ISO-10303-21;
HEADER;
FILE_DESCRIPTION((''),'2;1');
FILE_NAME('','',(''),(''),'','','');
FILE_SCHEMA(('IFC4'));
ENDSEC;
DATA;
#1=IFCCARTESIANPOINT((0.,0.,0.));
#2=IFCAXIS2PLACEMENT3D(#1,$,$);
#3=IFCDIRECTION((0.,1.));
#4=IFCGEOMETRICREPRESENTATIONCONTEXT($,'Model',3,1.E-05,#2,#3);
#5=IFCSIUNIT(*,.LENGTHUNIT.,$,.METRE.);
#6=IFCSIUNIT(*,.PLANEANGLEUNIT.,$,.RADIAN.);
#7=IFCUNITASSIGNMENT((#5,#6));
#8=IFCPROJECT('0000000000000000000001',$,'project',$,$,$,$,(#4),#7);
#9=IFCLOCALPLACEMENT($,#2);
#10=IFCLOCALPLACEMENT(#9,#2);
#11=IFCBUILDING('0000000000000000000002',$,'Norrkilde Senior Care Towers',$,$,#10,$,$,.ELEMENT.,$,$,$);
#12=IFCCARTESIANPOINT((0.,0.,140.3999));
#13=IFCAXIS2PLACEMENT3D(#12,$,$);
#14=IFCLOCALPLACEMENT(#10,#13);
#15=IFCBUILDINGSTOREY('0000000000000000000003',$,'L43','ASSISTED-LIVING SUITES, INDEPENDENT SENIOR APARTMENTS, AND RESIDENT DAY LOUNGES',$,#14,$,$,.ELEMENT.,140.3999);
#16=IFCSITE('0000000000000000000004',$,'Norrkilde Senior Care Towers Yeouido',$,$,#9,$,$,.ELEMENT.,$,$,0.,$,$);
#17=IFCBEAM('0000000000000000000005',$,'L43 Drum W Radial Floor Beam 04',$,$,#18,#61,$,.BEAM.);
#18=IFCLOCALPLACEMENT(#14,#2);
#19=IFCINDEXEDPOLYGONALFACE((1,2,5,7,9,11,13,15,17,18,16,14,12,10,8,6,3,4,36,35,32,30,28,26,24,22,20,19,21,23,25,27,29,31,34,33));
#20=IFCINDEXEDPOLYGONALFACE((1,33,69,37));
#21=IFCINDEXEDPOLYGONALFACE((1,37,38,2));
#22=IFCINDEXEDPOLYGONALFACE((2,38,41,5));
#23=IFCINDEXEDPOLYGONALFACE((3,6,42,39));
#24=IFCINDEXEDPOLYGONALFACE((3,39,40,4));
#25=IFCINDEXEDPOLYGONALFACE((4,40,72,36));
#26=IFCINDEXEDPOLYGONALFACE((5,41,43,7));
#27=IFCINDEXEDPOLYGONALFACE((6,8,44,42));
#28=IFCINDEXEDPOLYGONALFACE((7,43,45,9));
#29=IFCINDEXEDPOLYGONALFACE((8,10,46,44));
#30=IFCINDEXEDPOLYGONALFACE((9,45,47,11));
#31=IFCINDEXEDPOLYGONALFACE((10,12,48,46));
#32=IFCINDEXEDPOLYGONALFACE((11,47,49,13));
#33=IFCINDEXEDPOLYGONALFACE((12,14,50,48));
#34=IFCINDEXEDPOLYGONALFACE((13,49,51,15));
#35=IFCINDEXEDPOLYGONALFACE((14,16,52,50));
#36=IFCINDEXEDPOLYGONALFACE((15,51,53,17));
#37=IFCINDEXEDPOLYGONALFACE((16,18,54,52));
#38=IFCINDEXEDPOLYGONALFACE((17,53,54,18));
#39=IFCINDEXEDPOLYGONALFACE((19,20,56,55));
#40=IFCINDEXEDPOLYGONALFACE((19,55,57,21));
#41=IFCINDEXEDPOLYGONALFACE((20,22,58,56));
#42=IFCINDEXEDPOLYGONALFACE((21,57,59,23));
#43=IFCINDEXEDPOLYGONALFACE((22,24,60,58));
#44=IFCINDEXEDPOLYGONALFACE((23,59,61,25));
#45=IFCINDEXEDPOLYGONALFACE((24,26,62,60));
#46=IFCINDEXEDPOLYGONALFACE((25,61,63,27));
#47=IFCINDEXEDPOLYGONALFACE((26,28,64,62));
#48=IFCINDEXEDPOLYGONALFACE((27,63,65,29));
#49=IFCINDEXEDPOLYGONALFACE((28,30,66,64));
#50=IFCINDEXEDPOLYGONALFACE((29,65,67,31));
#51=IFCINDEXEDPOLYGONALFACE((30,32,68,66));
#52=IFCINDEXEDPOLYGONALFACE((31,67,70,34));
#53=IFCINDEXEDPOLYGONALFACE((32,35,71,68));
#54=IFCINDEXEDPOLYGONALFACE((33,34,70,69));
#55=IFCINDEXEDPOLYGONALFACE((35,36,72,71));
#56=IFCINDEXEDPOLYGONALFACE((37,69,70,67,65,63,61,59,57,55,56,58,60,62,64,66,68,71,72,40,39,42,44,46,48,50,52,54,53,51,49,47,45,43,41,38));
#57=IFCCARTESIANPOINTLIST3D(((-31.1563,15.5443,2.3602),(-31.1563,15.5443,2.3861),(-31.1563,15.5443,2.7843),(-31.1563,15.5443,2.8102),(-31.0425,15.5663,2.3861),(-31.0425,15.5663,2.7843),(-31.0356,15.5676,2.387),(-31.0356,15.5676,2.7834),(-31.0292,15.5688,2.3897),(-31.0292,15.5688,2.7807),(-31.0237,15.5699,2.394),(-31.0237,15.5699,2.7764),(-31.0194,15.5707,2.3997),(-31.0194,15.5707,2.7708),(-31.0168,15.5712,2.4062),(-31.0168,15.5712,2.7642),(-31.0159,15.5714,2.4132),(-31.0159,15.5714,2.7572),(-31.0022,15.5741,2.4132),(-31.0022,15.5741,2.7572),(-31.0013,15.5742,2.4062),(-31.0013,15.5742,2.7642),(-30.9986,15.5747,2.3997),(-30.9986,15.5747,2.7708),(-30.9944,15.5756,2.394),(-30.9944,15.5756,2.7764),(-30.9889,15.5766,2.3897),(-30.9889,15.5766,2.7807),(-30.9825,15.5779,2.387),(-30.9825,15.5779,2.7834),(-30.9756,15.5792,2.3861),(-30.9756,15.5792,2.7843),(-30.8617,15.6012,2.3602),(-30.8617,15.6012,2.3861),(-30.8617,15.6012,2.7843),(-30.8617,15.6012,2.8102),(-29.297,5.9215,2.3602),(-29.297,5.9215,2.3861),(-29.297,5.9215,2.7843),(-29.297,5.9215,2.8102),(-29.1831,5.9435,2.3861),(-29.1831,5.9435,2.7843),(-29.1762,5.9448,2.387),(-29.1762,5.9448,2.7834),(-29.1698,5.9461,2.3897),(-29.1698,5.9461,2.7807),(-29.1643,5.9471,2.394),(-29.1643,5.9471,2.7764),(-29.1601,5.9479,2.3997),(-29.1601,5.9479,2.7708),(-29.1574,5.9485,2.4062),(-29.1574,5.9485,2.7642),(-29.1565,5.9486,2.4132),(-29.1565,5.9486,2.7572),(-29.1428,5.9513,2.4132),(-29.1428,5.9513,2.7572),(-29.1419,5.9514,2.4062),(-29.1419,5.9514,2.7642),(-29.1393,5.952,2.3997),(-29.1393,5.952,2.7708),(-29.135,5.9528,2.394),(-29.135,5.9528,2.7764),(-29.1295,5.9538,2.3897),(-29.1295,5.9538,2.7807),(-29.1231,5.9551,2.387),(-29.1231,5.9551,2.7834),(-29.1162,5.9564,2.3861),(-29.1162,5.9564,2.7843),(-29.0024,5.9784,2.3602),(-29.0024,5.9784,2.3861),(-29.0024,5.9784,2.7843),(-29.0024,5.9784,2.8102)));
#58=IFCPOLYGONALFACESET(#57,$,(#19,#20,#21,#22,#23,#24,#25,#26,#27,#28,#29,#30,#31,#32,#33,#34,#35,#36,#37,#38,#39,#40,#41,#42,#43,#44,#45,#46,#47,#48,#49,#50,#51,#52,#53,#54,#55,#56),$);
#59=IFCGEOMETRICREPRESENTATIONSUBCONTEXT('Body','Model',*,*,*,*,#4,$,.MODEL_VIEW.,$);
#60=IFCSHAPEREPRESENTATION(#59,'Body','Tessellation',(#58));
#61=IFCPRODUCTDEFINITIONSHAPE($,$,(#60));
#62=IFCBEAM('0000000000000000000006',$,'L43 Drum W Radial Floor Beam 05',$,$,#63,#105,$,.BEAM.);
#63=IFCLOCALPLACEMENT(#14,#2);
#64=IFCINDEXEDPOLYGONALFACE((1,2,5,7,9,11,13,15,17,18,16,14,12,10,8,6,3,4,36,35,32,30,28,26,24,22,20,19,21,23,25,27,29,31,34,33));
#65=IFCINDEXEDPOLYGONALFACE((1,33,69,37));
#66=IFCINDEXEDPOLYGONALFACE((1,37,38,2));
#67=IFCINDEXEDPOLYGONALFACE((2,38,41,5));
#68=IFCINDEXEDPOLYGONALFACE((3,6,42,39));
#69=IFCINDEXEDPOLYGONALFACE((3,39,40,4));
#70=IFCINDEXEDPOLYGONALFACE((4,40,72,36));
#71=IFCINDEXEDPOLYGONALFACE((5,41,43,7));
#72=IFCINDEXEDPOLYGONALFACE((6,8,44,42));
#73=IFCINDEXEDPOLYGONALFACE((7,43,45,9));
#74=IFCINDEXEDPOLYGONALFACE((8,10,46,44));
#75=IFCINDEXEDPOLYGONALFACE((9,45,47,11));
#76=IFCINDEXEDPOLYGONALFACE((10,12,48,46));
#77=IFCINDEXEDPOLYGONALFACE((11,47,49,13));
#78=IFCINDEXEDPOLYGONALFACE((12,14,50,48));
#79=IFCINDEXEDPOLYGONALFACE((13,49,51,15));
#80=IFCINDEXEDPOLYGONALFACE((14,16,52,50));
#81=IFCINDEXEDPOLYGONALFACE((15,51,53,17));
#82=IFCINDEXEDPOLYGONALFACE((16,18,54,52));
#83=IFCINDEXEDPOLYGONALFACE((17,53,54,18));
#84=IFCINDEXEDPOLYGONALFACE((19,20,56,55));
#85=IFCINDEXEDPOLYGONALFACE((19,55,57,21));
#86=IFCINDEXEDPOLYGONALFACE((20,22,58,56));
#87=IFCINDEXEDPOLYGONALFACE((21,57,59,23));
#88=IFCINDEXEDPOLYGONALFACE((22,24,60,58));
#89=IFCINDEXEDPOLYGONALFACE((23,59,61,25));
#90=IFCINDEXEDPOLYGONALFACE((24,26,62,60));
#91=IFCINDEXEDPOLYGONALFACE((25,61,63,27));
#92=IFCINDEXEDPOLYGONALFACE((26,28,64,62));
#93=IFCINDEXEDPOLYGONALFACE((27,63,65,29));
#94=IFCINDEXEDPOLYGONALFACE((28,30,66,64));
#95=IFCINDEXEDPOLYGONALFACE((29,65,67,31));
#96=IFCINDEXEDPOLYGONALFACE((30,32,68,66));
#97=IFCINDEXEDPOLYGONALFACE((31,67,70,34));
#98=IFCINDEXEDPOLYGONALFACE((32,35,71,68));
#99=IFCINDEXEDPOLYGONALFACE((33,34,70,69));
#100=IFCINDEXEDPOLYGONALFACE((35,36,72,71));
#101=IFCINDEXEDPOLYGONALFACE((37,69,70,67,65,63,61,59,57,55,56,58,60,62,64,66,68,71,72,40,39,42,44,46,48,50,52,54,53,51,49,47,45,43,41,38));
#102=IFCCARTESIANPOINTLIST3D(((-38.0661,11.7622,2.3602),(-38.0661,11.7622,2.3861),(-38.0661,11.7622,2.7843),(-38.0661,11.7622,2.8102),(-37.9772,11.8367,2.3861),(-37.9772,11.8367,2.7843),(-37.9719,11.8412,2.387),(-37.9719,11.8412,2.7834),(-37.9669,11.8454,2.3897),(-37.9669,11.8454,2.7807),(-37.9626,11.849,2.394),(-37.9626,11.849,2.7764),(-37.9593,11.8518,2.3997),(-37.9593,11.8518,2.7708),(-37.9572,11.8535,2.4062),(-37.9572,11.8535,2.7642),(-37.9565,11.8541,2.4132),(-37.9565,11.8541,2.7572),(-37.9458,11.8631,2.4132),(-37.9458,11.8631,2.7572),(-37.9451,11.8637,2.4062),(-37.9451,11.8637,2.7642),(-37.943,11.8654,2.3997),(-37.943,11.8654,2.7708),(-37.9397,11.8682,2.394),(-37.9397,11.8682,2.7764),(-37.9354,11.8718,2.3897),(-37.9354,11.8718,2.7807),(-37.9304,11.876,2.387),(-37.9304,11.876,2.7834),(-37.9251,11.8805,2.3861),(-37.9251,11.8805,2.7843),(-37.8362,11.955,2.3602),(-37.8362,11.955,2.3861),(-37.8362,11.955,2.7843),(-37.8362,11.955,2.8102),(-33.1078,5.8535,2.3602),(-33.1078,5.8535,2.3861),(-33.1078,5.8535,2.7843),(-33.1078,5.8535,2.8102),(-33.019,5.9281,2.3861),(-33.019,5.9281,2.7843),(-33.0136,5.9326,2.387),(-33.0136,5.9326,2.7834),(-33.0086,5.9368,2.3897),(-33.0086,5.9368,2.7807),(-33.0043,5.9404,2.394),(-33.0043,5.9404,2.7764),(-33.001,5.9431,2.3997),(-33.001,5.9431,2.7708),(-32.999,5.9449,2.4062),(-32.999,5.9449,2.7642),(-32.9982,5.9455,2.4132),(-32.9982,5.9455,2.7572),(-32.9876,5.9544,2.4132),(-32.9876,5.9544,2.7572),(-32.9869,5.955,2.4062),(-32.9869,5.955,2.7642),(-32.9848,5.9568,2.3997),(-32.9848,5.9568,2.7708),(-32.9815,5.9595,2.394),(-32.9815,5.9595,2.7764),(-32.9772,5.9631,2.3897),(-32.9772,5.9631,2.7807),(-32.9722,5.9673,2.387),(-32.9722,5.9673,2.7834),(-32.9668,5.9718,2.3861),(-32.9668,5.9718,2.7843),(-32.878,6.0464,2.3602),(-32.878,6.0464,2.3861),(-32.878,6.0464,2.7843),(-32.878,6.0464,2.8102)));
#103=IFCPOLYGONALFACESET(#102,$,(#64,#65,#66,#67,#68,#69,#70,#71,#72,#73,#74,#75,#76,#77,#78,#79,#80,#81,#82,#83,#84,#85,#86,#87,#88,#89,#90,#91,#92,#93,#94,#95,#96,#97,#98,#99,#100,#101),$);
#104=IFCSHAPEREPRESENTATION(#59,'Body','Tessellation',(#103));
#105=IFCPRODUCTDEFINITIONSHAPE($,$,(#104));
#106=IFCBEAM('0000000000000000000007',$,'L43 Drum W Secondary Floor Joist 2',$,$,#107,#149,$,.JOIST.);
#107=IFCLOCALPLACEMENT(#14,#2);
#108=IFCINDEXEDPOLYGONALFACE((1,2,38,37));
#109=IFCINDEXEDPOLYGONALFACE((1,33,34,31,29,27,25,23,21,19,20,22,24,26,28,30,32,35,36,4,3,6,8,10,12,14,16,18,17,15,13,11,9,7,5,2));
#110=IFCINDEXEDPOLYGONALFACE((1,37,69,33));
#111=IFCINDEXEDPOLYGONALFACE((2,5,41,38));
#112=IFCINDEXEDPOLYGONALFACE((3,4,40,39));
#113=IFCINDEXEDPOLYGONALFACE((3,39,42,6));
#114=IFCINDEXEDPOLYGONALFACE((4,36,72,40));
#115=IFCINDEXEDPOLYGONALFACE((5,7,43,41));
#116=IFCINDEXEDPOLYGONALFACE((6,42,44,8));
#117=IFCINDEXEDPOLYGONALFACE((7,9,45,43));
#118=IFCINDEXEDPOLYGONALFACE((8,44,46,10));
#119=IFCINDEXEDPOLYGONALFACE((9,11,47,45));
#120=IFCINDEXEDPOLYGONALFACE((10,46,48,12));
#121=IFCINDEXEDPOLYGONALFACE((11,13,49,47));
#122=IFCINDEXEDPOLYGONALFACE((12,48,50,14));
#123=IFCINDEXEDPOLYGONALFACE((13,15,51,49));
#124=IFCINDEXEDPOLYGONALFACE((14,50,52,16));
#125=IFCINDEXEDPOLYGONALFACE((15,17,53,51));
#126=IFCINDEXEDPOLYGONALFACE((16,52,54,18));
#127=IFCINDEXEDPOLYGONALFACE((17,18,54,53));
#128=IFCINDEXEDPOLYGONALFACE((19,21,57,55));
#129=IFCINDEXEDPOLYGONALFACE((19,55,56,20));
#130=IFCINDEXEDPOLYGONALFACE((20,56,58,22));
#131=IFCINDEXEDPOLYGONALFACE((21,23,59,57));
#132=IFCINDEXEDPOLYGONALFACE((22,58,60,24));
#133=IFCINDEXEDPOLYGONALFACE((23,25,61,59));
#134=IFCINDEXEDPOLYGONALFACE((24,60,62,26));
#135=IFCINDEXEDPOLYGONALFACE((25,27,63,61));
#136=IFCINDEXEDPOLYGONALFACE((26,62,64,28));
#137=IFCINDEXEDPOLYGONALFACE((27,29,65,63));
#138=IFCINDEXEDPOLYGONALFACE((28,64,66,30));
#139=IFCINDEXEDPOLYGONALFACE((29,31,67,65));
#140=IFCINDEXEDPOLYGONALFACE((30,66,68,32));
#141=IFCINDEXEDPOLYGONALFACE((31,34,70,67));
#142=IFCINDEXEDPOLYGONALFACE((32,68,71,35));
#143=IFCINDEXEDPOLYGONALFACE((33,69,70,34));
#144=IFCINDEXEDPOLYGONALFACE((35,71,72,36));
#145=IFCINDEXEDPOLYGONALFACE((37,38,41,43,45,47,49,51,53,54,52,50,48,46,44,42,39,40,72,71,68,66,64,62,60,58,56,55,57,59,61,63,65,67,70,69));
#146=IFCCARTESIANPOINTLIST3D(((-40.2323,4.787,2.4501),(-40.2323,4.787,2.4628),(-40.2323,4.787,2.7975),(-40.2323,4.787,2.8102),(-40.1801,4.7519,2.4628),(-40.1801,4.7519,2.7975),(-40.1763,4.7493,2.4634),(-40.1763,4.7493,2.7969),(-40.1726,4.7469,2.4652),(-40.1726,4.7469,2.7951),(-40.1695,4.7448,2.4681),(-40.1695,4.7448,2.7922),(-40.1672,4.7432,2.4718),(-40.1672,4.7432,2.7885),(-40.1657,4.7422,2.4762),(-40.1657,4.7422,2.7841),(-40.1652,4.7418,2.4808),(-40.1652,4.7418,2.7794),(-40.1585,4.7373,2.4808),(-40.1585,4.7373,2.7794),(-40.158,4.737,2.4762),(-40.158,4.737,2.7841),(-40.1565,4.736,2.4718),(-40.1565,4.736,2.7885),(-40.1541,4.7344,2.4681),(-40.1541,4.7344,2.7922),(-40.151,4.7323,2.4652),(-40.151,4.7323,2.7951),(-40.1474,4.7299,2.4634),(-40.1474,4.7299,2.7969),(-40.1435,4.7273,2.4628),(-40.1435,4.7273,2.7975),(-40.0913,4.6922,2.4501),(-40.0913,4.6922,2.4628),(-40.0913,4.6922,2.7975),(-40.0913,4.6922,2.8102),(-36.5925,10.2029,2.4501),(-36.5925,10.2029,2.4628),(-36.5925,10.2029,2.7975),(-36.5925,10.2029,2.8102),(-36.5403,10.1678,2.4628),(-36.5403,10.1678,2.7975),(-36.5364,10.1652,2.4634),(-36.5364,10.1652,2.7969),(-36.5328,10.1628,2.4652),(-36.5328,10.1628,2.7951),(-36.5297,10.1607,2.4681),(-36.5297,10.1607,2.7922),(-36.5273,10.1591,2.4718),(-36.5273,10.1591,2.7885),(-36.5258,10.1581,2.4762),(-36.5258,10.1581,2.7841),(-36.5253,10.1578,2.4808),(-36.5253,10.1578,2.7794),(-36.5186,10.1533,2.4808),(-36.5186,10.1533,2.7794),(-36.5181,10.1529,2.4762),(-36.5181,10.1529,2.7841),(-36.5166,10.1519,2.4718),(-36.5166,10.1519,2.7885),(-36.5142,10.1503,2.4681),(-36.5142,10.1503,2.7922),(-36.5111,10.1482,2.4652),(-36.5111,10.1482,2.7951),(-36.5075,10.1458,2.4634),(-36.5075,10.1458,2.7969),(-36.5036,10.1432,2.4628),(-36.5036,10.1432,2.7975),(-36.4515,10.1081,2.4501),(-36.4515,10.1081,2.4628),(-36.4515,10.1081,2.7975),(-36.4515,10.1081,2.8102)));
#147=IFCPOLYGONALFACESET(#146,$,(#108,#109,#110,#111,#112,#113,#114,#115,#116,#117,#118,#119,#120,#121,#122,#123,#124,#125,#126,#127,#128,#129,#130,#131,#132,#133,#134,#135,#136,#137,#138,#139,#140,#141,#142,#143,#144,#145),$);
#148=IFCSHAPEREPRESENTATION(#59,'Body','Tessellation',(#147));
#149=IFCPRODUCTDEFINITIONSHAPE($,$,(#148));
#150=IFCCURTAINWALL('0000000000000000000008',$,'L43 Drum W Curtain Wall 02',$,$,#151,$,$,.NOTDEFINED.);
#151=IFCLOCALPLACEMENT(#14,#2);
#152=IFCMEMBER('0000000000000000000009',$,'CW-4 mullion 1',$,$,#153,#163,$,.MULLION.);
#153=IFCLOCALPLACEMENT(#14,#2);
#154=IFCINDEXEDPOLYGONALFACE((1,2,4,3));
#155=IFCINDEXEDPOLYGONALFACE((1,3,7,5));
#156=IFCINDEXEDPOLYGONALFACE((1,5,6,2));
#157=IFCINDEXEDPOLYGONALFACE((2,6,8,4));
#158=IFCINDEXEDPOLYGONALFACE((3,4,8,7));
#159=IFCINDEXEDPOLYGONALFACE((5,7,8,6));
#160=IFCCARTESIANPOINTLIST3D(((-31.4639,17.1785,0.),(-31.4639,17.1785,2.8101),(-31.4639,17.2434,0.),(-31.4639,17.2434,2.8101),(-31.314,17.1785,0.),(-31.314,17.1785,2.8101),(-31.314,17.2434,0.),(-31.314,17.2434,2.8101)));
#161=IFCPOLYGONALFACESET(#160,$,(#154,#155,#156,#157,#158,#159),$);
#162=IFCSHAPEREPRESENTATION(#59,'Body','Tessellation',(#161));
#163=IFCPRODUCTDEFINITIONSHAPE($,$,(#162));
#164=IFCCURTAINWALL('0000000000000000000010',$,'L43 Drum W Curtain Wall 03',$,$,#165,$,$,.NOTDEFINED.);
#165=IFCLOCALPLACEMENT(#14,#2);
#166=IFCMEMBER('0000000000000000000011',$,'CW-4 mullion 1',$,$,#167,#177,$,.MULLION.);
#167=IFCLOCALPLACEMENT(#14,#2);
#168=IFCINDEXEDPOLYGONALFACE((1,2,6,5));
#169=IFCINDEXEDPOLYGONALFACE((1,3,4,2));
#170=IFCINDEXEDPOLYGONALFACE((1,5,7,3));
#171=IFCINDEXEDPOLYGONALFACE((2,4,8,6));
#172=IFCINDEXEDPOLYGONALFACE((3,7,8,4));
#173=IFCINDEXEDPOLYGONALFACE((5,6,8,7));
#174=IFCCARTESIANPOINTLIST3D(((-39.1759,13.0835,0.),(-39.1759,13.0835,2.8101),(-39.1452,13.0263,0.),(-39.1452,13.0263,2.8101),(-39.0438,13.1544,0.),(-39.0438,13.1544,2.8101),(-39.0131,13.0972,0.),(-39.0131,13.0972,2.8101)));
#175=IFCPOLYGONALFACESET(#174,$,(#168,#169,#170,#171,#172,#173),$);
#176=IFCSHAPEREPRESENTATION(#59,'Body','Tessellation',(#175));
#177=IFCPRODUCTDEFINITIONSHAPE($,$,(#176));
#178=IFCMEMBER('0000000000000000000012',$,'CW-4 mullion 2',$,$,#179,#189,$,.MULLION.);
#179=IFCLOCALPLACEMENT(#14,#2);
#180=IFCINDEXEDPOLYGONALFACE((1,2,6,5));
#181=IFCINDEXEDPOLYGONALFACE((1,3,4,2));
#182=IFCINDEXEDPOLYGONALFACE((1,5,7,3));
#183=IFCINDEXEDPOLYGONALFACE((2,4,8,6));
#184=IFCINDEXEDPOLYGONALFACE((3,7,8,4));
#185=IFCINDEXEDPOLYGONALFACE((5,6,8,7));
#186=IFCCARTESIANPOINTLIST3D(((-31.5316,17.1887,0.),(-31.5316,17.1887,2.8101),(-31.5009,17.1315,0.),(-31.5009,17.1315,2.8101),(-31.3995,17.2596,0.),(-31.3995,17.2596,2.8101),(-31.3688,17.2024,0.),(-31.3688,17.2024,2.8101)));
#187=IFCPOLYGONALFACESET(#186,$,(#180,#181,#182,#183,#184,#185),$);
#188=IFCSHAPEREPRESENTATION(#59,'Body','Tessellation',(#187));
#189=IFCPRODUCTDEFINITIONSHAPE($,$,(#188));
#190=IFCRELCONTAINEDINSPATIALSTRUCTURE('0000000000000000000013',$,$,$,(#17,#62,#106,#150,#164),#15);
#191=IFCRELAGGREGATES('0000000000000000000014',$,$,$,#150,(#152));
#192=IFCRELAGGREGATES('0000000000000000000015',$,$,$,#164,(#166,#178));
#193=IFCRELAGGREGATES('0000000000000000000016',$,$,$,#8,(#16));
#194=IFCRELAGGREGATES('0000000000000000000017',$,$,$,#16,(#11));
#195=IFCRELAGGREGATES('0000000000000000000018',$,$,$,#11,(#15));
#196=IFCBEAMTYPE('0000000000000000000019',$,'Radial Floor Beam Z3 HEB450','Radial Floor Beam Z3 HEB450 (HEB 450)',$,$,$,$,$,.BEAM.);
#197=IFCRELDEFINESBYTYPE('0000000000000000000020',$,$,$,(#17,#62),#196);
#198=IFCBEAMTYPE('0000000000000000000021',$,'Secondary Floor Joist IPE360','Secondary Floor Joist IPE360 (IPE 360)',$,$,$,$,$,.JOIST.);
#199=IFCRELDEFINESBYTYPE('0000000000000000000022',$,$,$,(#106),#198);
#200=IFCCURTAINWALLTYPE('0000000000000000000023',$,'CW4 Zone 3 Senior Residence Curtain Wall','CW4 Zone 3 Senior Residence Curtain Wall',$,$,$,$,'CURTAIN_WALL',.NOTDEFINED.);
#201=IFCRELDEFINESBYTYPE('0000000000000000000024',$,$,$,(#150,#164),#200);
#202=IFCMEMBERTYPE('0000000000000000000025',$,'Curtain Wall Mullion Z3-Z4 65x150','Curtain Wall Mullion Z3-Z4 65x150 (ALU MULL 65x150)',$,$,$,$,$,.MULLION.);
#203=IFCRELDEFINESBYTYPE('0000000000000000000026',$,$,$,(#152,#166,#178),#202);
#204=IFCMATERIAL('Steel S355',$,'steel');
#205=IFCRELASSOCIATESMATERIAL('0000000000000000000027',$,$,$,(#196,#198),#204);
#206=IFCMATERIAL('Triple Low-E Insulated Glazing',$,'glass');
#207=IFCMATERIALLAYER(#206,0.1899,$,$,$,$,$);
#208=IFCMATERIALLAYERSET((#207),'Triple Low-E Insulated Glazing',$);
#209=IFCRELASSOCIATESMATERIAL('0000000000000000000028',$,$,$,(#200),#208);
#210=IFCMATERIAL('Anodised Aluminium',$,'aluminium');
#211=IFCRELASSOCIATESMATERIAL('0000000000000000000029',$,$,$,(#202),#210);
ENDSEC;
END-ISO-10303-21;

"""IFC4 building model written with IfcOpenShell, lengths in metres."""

from ifc_helpers import new_model, si_unit, direction, frame, origin, origin_2d, place, context, subcontext, project, spatial, rectangle, i_section, extrude, source, transform, mapped, material, layer, layer_set, material_profile, profile_set, type_object, type_shapes, element, aggregate, save


model = new_model("IFC4")

# Units and contexts
model_context = context("Model", 3, precision=1e-05, world=origin(), true_north=direction((0.0, 1.0)))
body_context = subcontext(model_context, "Body", "Model", "MODEL_VIEW")
ifc_project = project(units=[si_unit("LENGTHUNIT", "METRE"), si_unit("PLANEANGLEUNIT", "RADIAN")], contexts=[model_context])

# Site, building, storey
site_placement = place(None, origin())
site = spatial("IfcSite", under=ifc_project, at=site_placement, Name="Norrkilde Senior Care Towers Yeouido", CompositionType="ELEMENT", RefElevation=0.0)
building_placement = place(site_placement, origin())
building = spatial("IfcBuilding", under=site, at=building_placement, Name="Norrkilde Senior Care Towers", CompositionType="ELEMENT")
storey_placement = place(building_placement, frame((0.0, 0.0, 140.3999)))
storey = spatial("IfcBuildingStorey", under=building, at=storey_placement, Name="L43", Description="ASSISTED-LIVING SUITES, INDEPENDENT SENIOR APARTMENTS, AND RESIDENT DAY LOUNGES", CompositionType="ELEMENT", Elevation=140.3999)

# Beams
ifc_material_1 = material(Name="Steel S355", Category="steel")
ifc_material_profile_1 = material_profile(ifc_material_1, i_section(OverallWidth=0.3, OverallDepth=0.45, WebThickness=0.0139, FlangeThickness=0.0259, FilletRadius=0.0271, at=origin_2d()), Name="HEB 450")
ifc_profile_set_1 = profile_set([ifc_material_profile_1], Name="Steel S355")
beam_type_1 = type_object("IfcBeamType", Name="Radial Floor Beam Z3 HEB450", Description="Radial Floor Beam Z3 HEB450 (HEB 450)", PredefinedType="BEAM", material=ifc_profile_set_1)
shared_shape_1 = source(origin(), body_context, "Body", "SweptSolid", [
    extrude(i_section(OverallWidth=0.3, OverallDepth=0.45, WebThickness=0.0139, FlangeThickness=0.0259, FilletRadius=0.0271, at=origin_2d()), origin(), (0.0, 0.0, 1.0), 9.8008),
])
beam_1_placement = place(storey_placement, frame((-29.1497, 5.95, 2.5852), z_axis=(-0.189717, 0.981839, 0.0), x_axis=(-0.981839, -0.189717, 0.0)))
element("IfcBeam", 1, at=beam_1_placement, inside=storey, type_object=beam_type_1, Name="L43 Drum W Radial Floor Beam 04", PredefinedType="BEAM", context=body_context, shape_type="MappedRepresentation", body=[
    mapped(shared_shape_1, transform((0.0, 0.0, 0.0), x_axis=(1.0, 0.0, 0.0), y_axis=(0.0, 1.0, 0.0), z_axis=(0.0, 0.0, 1.0), scale=1.0)),
])
shared_shape_2 = source(origin(), body_context, "Body", "SweptSolid", [
    extrude(i_section(OverallWidth=0.3, OverallDepth=0.45, WebThickness=0.0139, FlangeThickness=0.0259, FilletRadius=0.0271, at=origin_2d()), origin(), (0.0, 0.0, 1.0), 7.7134),
])
type_shapes(beam_type_1, [shared_shape_1, shared_shape_2])
beam_2_placement = place(storey_placement, frame((-32.9929, 5.95, 2.5852), z_axis=(-0.642808, 0.766027, 0.0), x_axis=(-0.766027, -0.642808, 0.0)))
element("IfcBeam", 2, at=beam_2_placement, inside=storey, type_object=beam_type_1, Name="L43 Drum W Radial Floor Beam 05", PredefinedType="BEAM", context=body_context, shape_type="MappedRepresentation", body=[
    mapped(shared_shape_2, transform((0.0, 0.0, 0.0), x_axis=(1.0, 0.0, 0.0), y_axis=(0.0, 1.0, 0.0), z_axis=(0.0, 0.0, 1.0), scale=1.0)),
])
ifc_material_profile_2 = material_profile(ifc_material_1, i_section(OverallWidth=0.1699, OverallDepth=0.3601, WebThickness=0.0081, FlangeThickness=0.0127, FilletRadius=0.0181, at=origin_2d()), Name="IPE 360")
ifc_profile_set_2 = profile_set([ifc_material_profile_2], Name="Steel S355")
beam_type_2 = type_object("IfcBeamType", Name="Secondary Floor Joist IPE360", Description="Secondary Floor Joist IPE360 (IPE 360)", PredefinedType="JOIST", material=ifc_profile_set_2)
shared_shape_3 = source(origin(), body_context, "Body", "SweptSolid", [
    extrude(i_section(OverallWidth=0.1699, OverallDepth=0.3601, WebThickness=0.0081, FlangeThickness=0.0127, FilletRadius=0.0181, at=origin_2d()), origin(), (0.0, 0.0, 1.0), 6.5254),
])
type_shapes(beam_type_2, [shared_shape_3])
beam_3_placement = place(storey_placement, frame((-36.522, 10.1555, 2.6301), z_axis=(-0.557796, -0.829978, 0.0), x_axis=(0.829978, -0.557796, 0.0)))
element("IfcBeam", 3, at=beam_3_placement, inside=storey, type_object=beam_type_2, Name="L43 Drum W Secondary Floor Joist 2", PredefinedType="JOIST", context=body_context, shape_type="MappedRepresentation", body=[
    mapped(shared_shape_3, transform((0.0, 0.0, 0.0), x_axis=(1.0, 0.0, 0.0), y_axis=(0.0, 1.0, 0.0), z_axis=(0.0, 0.0, 1.0), scale=1.0)),
])

# Curtain wall, member
ifc_material_2 = material(Name="Triple Low-E Insulated Glazing", Category="glass")
ifc_layer_1 = layer(ifc_material_2, 0.1899)
ifc_layer_set_1 = layer_set([ifc_layer_1], Name="Triple Low-E Insulated Glazing")
curtain_wall_type = type_object("IfcCurtainWallType", Name="CW4 Zone 3 Senior Residence Curtain Wall", Description="CW4 Zone 3 Senior Residence Curtain Wall", ElementType="CURTAIN_WALL", PredefinedType="NOTDEFINED", material=ifc_layer_set_1)
curtain_wall_1_placement = place(storey_placement, origin())
curtain_wall_1 = element("IfcCurtainWall", 4, at=curtain_wall_1_placement, inside=storey, type_object=curtain_wall_type, Name="L43 Drum W Curtain Wall 02", PredefinedType="NOTDEFINED")
ifc_material_3 = material(Name="Anodised Aluminium", Category="aluminium")
ifc_material_profile_3 = material_profile(ifc_material_3, rectangle(XDim=0.0649, YDim=0.1499, at=origin_2d()), Name="ALU MULL 65x150")
ifc_profile_set_3 = profile_set([ifc_material_profile_3], Name="Anodised Aluminium")
member_type_1 = type_object("IfcMemberType", Name="Curtain Wall Mullion Z3-Z4 65x150", Description="Curtain Wall Mullion Z3-Z4 65x150 (ALU MULL 65x150)", PredefinedType="MULLION", material=ifc_profile_set_3)
shared_shape_4 = source(origin(), body_context, "Body", "SweptSolid", [
    extrude(rectangle(XDim=0.0649, YDim=0.1499, at=origin_2d()), origin(), (0.0, 0.0, 1.0), 2.8101),
])
type_shapes(member_type_1, [shared_shape_4])
member_1_placement = place(storey_placement, frame((-31.3889, 17.2109, 0.0), z_axis=(0.0, 0.0, 1.0), x_axis=(0.0, 1.0, 0.0)))
member_1 = element("IfcMember", 5, at=member_1_placement, type_object=member_type_1, Name="CW-4 mullion 1", PredefinedType="MULLION", context=body_context, shape_type="MappedRepresentation", body=[
    mapped(shared_shape_4, transform((0.0, 0.0, 0.0), x_axis=(1.0, 0.0, 0.0), y_axis=(0.0, 1.0, 0.0), z_axis=(0.0, 0.0, 1.0), scale=1.0)),
])

# Curtain wall, members
curtain_wall_2_placement = place(storey_placement, origin())
curtain_wall_2 = element("IfcCurtainWall", 6, at=curtain_wall_2_placement, inside=storey, type_object=curtain_wall_type, Name="L43 Drum W Curtain Wall 03", PredefinedType="NOTDEFINED")
member_2_placement = place(storey_placement, frame((-39.0945, 13.0903, 0.0), z_axis=(0.0, 0.0, 1.0), x_axis=(-0.473117, 0.881, 0.0)))
member_2 = element("IfcMember", 7, at=member_2_placement, type_object=member_type_1, Name="CW-4 mullion 1", PredefinedType="MULLION", context=body_context, shape_type="MappedRepresentation", body=[
    mapped(shared_shape_4, transform((0.0, 0.0, 0.0), x_axis=(1.0, 0.0, 0.0), y_axis=(0.0, 1.0, 0.0), z_axis=(0.0, 0.0, 1.0), scale=1.0)),
])
member_3_placement = place(storey_placement, frame((-31.4502, 17.1956, 0.0), z_axis=(0.0, 0.0, 1.0), x_axis=(-0.473117, 0.881, 0.0)))
member_3 = element("IfcMember", 8, at=member_3_placement, type_object=member_type_1, Name="CW-4 mullion 2", PredefinedType="MULLION", context=body_context, shape_type="MappedRepresentation", body=[
    mapped(shared_shape_4, transform((0.0, 0.0, 0.0), x_axis=(1.0, 0.0, 0.0), y_axis=(0.0, 1.0, 0.0), z_axis=(0.0, 0.0, 1.0), scale=1.0)),
])

aggregate(curtain_wall_1, [member_1])

aggregate(curtain_wall_2, [member_2, member_3])

save(model, "model.ifc")
